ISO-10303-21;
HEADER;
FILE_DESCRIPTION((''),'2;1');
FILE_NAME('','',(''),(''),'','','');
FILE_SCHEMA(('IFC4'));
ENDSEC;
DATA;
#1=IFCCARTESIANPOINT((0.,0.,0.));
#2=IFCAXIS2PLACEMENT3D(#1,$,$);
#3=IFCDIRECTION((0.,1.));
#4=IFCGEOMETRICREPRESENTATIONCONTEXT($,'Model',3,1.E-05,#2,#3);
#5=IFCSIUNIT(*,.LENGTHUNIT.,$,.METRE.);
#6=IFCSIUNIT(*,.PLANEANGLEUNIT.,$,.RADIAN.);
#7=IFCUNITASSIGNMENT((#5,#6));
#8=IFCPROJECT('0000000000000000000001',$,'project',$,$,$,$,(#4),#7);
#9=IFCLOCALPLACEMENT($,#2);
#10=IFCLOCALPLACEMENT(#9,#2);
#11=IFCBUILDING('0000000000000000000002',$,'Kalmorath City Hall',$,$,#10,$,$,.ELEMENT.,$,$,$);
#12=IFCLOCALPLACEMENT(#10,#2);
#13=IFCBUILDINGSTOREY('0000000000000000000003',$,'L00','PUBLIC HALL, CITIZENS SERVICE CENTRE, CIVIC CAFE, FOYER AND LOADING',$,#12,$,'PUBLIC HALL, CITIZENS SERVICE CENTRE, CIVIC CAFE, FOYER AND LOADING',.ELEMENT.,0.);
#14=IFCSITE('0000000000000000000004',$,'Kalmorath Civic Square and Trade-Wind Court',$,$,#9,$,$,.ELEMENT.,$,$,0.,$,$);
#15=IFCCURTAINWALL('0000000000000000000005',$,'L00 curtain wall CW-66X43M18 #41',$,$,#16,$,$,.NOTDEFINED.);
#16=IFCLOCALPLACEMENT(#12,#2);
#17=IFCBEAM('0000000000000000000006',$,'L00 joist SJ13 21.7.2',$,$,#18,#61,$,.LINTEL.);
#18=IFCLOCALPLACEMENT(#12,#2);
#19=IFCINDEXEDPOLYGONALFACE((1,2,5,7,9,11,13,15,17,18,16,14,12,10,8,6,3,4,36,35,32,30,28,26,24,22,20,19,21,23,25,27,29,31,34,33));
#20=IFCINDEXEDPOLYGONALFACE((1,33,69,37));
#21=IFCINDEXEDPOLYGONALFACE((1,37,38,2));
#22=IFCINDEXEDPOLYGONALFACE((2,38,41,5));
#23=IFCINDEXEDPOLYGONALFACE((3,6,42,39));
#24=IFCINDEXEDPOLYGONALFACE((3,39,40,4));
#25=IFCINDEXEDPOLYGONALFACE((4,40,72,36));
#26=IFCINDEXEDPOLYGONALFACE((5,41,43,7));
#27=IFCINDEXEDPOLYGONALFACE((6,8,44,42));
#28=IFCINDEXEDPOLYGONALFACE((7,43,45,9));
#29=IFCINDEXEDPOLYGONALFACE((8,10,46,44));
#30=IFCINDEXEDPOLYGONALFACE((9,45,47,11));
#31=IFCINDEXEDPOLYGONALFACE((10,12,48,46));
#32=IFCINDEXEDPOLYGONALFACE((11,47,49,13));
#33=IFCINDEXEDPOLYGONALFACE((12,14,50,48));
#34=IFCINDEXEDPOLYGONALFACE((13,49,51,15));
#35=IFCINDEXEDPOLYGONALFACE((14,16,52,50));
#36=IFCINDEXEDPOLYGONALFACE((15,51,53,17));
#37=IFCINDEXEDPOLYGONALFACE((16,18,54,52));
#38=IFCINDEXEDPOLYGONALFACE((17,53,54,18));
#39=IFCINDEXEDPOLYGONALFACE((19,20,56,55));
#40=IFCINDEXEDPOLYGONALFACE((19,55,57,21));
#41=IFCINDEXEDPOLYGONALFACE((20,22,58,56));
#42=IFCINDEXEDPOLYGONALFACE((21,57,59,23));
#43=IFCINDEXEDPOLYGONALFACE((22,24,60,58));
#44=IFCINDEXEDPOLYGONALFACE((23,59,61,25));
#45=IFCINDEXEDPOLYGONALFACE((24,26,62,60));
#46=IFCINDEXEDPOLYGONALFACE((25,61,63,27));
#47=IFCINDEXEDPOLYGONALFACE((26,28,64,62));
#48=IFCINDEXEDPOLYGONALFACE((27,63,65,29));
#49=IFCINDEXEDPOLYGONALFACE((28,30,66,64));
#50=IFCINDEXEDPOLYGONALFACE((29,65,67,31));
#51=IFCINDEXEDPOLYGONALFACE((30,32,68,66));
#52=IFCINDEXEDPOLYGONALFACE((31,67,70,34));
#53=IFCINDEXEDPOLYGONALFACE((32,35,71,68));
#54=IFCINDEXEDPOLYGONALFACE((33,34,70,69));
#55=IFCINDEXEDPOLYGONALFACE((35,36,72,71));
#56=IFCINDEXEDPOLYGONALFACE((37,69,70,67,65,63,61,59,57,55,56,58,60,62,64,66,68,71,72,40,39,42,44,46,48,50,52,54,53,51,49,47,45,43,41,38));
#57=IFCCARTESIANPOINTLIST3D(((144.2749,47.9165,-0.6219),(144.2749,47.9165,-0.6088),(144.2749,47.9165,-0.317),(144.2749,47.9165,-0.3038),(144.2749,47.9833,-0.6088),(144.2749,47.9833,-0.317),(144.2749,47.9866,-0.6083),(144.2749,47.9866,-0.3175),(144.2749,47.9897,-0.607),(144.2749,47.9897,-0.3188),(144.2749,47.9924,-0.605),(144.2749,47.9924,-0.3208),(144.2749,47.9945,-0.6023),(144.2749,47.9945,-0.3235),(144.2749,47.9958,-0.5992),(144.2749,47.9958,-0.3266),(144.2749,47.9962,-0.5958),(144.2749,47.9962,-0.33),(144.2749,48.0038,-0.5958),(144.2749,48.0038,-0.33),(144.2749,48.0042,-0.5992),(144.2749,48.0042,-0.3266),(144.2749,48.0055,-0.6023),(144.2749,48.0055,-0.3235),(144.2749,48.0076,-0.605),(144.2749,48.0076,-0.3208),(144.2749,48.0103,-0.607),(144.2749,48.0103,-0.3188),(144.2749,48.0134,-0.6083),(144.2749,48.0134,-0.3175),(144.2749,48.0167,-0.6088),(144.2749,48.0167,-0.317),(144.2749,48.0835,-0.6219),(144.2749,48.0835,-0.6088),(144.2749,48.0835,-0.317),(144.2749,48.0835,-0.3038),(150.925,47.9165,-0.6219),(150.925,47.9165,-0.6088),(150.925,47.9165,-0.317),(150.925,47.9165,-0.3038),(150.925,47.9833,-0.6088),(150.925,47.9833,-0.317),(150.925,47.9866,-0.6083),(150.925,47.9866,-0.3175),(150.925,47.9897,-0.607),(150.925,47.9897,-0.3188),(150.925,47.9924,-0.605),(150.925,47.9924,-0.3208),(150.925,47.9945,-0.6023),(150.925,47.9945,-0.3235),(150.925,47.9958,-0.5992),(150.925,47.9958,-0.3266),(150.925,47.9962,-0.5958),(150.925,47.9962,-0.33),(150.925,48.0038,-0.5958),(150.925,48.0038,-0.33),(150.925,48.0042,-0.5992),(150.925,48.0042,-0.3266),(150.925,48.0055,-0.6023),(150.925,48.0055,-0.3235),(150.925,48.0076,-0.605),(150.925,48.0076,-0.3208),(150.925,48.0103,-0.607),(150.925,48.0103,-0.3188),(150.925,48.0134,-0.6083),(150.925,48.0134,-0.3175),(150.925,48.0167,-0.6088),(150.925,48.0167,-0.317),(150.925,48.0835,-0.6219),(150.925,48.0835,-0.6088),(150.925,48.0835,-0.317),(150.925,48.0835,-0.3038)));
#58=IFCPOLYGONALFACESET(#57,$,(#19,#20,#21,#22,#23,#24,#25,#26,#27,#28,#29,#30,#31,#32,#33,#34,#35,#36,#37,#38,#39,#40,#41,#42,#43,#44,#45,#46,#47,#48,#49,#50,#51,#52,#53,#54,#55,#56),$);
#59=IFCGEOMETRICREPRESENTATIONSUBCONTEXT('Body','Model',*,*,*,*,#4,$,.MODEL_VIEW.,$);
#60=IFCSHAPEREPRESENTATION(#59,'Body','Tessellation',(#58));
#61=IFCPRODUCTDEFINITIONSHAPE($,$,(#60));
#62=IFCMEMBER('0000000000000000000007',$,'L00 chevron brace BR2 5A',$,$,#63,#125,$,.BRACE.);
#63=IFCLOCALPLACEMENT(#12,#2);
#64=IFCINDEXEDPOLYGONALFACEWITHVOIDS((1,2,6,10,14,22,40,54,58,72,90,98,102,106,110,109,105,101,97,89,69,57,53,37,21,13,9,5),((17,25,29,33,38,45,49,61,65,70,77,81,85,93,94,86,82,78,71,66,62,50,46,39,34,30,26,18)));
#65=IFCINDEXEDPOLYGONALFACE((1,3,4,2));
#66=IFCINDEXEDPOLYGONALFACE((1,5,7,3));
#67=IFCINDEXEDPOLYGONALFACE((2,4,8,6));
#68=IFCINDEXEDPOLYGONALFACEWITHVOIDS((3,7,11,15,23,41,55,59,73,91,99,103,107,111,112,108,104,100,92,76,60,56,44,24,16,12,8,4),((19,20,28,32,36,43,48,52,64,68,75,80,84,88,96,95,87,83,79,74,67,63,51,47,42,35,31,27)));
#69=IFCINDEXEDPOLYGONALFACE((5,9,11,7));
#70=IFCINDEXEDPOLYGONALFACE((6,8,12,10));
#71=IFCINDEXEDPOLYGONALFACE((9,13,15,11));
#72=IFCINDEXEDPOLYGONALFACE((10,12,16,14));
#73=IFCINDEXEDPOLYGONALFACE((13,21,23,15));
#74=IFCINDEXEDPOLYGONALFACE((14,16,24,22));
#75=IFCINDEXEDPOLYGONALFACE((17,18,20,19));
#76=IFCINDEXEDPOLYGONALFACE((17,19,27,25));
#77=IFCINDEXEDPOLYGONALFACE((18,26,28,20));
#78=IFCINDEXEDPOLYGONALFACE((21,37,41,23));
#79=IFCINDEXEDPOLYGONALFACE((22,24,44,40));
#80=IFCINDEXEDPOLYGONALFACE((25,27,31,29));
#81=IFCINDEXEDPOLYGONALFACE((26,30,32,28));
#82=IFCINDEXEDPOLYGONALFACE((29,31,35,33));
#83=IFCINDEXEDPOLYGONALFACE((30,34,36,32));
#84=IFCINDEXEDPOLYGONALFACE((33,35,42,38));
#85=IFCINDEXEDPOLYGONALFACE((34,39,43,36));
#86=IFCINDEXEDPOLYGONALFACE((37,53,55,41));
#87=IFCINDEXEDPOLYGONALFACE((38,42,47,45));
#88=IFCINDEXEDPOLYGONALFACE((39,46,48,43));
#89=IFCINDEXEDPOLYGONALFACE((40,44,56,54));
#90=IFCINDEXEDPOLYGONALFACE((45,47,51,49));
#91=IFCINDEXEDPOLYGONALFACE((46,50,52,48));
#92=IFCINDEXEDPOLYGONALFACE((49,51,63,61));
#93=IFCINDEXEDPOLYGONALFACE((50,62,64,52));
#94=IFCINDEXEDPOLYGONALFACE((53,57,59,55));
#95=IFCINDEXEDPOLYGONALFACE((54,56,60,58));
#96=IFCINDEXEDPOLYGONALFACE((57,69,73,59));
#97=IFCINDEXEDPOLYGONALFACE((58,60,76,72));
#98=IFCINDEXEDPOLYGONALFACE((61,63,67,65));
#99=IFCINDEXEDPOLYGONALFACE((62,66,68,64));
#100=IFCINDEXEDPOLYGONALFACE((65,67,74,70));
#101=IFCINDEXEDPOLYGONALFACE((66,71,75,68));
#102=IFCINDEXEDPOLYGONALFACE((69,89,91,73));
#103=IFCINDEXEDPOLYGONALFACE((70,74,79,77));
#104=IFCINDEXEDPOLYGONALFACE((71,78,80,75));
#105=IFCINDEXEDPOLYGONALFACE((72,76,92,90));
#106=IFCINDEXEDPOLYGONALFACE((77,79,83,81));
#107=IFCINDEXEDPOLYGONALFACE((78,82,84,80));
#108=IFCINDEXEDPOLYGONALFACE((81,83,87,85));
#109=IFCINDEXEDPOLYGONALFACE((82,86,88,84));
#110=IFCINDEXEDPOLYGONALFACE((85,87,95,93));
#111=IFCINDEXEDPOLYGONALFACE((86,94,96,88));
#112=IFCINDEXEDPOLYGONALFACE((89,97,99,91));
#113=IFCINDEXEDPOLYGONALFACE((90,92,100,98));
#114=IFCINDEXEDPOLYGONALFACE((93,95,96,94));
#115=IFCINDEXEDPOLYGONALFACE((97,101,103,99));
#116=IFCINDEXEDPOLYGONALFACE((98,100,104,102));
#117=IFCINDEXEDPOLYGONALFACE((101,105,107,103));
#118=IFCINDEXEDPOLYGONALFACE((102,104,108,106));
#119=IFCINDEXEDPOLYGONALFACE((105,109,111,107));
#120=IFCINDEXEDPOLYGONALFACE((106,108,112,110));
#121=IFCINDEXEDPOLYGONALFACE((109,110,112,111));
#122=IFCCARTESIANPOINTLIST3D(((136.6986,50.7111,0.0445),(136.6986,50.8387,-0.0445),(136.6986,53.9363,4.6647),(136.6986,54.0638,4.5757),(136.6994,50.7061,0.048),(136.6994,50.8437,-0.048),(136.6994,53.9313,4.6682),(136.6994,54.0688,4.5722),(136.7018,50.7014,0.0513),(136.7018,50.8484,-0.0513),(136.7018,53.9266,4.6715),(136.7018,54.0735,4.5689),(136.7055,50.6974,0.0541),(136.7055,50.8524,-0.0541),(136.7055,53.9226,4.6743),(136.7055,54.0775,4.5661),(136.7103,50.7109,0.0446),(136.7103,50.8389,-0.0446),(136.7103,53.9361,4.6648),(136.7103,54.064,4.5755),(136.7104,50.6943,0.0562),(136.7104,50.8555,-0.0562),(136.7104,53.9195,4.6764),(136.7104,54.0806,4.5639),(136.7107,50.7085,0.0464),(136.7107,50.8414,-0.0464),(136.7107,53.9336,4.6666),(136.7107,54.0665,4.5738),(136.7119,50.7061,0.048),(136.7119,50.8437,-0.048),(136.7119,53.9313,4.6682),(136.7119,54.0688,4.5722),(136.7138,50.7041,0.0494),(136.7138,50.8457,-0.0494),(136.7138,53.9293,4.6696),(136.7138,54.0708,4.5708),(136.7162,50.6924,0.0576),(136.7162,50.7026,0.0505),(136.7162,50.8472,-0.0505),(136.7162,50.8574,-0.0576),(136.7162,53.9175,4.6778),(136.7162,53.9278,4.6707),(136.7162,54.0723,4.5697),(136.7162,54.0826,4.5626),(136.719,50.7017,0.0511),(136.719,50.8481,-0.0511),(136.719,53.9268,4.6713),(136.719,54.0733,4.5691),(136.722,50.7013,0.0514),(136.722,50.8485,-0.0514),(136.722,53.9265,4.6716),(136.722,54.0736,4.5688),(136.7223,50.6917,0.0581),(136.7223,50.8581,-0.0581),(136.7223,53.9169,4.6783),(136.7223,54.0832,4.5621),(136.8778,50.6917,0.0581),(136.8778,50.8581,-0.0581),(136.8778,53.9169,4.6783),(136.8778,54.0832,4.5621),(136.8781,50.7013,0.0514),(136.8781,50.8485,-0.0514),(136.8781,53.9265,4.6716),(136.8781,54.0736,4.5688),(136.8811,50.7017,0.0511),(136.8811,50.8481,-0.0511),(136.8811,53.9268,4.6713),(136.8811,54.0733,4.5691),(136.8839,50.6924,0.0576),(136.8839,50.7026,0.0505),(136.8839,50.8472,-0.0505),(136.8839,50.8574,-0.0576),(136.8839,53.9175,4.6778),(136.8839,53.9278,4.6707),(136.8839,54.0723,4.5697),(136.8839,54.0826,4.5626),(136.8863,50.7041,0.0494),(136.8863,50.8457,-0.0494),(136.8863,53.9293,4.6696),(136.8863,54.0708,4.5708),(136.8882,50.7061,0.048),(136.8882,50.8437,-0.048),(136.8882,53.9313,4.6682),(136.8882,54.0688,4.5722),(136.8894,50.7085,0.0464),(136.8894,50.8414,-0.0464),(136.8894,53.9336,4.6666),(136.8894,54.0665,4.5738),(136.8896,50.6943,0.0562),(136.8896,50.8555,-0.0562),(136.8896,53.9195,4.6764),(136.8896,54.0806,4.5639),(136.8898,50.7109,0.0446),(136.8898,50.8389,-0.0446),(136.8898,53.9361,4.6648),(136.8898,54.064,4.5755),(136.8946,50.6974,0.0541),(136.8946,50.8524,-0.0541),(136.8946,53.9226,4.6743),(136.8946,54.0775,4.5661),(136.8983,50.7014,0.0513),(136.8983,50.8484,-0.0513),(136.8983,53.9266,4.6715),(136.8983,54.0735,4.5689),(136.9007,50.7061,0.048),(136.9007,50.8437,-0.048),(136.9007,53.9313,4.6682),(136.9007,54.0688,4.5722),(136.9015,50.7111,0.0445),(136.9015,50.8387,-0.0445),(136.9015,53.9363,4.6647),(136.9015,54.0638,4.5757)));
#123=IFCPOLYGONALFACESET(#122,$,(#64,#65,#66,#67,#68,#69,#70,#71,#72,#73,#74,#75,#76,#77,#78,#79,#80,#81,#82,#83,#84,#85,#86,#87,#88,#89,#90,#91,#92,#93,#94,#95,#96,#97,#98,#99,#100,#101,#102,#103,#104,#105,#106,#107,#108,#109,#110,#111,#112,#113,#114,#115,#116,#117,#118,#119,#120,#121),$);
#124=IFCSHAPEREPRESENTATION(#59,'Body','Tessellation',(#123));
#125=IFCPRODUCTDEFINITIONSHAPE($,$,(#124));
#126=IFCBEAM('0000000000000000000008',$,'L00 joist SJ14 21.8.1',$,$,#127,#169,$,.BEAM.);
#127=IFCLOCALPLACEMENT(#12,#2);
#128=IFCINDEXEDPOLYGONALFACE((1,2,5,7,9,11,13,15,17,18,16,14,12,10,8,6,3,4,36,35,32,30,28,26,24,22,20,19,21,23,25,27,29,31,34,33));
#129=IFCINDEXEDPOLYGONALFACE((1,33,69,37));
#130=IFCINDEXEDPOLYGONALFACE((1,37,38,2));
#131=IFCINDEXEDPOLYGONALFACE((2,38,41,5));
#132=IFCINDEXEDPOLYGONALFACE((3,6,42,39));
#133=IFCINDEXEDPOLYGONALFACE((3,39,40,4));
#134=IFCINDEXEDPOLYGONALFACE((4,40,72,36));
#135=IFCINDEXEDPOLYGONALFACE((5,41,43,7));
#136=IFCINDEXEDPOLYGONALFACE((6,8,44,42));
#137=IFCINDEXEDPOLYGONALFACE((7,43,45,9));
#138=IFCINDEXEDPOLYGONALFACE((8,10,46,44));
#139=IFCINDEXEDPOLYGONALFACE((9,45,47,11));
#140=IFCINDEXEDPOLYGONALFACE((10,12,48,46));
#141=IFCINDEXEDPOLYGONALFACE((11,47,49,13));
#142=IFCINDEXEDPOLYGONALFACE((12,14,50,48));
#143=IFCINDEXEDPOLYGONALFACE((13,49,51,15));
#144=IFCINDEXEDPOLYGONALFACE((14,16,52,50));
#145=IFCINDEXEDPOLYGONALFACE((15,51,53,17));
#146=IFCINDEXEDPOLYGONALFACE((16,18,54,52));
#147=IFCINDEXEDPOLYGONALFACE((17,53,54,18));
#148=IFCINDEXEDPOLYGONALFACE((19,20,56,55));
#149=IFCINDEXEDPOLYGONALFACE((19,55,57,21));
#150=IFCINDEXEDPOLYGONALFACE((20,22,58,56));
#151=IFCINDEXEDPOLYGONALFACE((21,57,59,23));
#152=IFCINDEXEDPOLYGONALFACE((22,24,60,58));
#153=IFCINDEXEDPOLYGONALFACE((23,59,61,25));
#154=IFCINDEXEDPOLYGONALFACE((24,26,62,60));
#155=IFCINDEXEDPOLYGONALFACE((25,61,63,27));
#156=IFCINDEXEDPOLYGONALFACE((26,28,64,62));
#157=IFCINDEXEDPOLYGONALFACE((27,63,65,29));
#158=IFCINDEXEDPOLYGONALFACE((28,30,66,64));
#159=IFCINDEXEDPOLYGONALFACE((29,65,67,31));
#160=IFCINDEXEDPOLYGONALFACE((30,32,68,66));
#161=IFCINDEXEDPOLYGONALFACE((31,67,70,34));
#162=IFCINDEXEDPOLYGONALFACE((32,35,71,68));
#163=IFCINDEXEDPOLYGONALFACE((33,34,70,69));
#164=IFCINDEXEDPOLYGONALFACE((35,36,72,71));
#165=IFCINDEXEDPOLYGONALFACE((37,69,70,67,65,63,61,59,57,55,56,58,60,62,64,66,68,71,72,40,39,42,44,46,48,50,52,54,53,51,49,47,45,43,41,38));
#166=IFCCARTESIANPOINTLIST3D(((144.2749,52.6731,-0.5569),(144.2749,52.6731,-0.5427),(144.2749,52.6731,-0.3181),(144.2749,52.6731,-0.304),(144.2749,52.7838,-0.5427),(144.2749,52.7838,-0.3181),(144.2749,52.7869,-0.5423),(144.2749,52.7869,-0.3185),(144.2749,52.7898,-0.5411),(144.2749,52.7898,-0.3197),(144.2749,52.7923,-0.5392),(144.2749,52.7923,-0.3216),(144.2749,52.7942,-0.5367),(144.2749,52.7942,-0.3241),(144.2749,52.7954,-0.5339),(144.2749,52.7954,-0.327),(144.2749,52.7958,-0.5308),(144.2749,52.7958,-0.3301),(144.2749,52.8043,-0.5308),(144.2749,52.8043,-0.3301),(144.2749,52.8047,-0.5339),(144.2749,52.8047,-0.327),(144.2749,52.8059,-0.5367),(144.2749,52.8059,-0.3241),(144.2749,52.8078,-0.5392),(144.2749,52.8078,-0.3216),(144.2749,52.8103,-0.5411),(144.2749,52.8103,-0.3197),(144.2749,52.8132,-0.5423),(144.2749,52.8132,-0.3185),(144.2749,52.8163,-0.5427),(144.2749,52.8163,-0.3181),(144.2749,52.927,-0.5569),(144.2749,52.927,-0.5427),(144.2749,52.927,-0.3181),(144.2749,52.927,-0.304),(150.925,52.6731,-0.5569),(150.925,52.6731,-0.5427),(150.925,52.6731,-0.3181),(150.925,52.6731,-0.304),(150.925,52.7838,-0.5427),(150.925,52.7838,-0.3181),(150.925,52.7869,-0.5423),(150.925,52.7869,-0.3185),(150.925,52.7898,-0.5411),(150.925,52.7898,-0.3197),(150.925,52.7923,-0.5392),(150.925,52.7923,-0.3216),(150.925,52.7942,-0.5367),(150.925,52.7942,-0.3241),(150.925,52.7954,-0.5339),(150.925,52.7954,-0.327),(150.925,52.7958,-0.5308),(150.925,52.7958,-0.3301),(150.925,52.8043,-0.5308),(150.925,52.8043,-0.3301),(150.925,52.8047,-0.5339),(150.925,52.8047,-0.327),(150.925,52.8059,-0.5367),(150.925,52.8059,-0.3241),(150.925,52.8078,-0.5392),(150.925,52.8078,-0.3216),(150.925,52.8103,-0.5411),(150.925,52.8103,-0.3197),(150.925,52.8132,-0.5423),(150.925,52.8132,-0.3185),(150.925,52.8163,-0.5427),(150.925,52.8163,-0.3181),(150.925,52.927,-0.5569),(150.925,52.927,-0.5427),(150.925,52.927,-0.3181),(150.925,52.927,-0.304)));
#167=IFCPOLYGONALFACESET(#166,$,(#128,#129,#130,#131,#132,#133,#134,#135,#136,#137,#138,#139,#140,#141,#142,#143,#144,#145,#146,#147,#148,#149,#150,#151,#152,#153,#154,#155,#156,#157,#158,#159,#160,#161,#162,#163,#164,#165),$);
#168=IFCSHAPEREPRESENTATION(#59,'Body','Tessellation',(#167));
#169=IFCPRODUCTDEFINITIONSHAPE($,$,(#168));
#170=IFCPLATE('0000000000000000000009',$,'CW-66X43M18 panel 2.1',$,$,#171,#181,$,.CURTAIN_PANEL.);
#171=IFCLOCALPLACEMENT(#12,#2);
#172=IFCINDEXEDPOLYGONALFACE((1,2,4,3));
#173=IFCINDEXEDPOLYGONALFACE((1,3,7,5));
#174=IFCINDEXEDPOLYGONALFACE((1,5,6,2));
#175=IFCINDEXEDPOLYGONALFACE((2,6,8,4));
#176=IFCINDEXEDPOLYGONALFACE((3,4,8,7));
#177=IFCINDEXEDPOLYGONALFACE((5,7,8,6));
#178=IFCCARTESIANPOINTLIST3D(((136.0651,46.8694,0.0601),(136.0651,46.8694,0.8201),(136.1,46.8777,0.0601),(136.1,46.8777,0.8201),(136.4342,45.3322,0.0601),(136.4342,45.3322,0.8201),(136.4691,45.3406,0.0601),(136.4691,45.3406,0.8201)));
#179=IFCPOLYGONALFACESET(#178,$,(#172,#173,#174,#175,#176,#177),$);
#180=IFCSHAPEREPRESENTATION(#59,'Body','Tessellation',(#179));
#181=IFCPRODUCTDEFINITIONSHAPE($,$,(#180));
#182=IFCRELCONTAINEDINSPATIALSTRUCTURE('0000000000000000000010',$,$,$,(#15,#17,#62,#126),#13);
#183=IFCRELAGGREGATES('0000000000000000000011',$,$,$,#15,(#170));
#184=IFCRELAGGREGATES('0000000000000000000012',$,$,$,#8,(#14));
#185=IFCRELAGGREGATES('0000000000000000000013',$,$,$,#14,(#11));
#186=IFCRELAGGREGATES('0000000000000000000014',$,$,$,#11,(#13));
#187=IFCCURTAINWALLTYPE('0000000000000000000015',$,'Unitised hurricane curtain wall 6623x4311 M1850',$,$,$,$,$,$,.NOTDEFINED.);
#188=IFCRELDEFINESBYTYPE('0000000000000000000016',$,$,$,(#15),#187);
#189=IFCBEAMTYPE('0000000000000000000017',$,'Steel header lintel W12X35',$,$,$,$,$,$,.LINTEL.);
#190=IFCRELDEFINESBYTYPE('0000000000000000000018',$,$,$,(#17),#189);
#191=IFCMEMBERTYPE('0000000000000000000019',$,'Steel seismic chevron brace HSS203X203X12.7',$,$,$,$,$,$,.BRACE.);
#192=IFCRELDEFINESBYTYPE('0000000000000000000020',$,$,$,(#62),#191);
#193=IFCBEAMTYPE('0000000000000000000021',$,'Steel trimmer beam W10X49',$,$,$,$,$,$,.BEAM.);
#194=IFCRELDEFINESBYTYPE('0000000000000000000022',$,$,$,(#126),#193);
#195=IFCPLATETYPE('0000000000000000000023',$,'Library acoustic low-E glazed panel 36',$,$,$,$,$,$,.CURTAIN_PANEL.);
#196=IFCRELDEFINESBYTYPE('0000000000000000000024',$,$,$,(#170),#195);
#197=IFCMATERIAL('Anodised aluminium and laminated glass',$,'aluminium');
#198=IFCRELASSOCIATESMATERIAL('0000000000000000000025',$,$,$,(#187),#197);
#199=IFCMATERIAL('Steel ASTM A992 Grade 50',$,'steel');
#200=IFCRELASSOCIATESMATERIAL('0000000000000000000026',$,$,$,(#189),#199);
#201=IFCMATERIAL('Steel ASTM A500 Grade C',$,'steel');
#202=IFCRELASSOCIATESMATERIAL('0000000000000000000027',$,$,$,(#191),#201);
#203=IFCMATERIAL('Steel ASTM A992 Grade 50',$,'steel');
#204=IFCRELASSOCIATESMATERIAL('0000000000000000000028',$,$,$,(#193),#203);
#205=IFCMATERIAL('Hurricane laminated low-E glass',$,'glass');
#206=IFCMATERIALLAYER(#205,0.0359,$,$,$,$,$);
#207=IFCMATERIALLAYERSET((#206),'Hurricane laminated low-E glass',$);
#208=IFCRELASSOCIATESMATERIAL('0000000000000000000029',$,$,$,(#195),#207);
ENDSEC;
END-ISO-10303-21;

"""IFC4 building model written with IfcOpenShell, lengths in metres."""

from ifc_helpers import new_model, si_unit, direction, frame, origin, origin_2d, place, context, subcontext, project, spatial, rectangle, hollow_rectangle, i_section, extrude, material, layer, layer_set, material_profile, profile_set, type_object, element, aggregate, save


model = new_model("IFC4")

# Units and contexts
model_context = context("Model", 3, precision=1e-05, world=origin(), true_north=direction((0.0, 1.0)))
body_context = subcontext(model_context, "Body", "Model", "MODEL_VIEW")
ifc_project = project(units=[si_unit("LENGTHUNIT", "METRE"), si_unit("PLANEANGLEUNIT", "RADIAN")], contexts=[model_context])

# Site, building, storey
site_placement = place(None, origin())
site = spatial("IfcSite", under=ifc_project, at=site_placement, Name="Kalmorath Civic Square and Trade-Wind Court", CompositionType="ELEMENT", RefElevation=0.0)
building_placement = place(site_placement, origin())
building = spatial("IfcBuilding", under=site, at=building_placement, Name="Kalmorath City Hall", CompositionType="ELEMENT")
storey_placement = place(building_placement, origin())
storey = spatial("IfcBuildingStorey", under=building, at=storey_placement, Name="L00", Description="PUBLIC HALL, CITIZENS SERVICE CENTRE, CIVIC CAFE, FOYER AND LOADING", LongName="PUBLIC HALL, CITIZENS SERVICE CENTRE, CIVIC CAFE, FOYER AND LOADING", CompositionType="ELEMENT", Elevation=0.0)

# Curtain wall
ifc_material_1 = material(Name="Anodised aluminium and laminated glass", Category="aluminium")
curtain_wall_type = type_object("IfcCurtainWallType", Name="Unitised hurricane curtain wall 6623x4311 M1850", PredefinedType="NOTDEFINED", material=ifc_material_1)
curtain_wall_placement = place(storey_placement, origin())
curtain_wall = element("IfcCurtainWall", 1, at=curtain_wall_placement, inside=storey, type_object=curtain_wall_type, Name="L00 curtain wall CW-66X43M18 #41", PredefinedType="NOTDEFINED")

# Beam
ifc_material_2 = material(Name="Steel ASTM A992 Grade 50", Category="steel")
ifc_material_profile_1 = material_profile(ifc_material_2, i_section(OverallWidth=0.167, OverallDepth=0.3181, WebThickness=0.0076, FlangeThickness=0.0132, FilletRadius=0.0129, at=origin_2d()), Name="W12X35")
ifc_profile_set_1 = profile_set([ifc_material_profile_1], Name="Steel ASTM A992 Grade 50")
beam_type_1 = type_object("IfcBeamType", Name="Steel header lintel W12X35", PredefinedType="LINTEL", material=ifc_profile_set_1)
for number, where, z_axis, x_axis, name in (
    (2, (144.2749, 48.0, -0.4629), (1.0, 0.0, 0.0), (0.0, 1.0, 0.0), "L00 joist SJ13 21.7.2"),
):
    element("IfcBeam", number, at=place(storey_placement, frame(where, z_axis=z_axis, x_axis=x_axis)), inside=storey, type_object=beam_type_1, Name=name, PredefinedType="LINTEL", context=body_context, shape_type="SweptSolid", body=[
        extrude(i_section(OverallWidth=0.167, OverallDepth=0.3181, WebThickness=0.0076, FlangeThickness=0.0132, FilletRadius=0.0129, at=origin_2d()), origin(), (0.0, 0.0, 1.0), 6.6501),
    ])

# Member
ifc_material_3 = material(Name="Steel ASTM A500 Grade C", Category="steel")
ifc_material_profile_2 = material_profile(ifc_material_3, hollow_rectangle(XDim=0.2029, YDim=0.2029, WallThickness=0.0117, InnerFilletRadius=0.0117, OuterFilletRadius=0.0237, at=origin_2d()), Name="HSS203X203X12.7")
ifc_profile_set_2 = profile_set([ifc_material_profile_2], Name="Steel ASTM A500 Grade C")
member_type_1 = type_object("IfcMemberType", Name="Steel seismic chevron brace HSS203X203X12.7", PredefinedType="BRACE", material=ifc_profile_set_2)
member_1_placement = place(storey_placement, frame((136.8, 50.7749, 0.0), z_axis=(0.0, 0.572392, 0.81998), x_axis=(-1.0, 0.0, 0.0)))
element("IfcMember", 3, at=member_1_placement, inside=storey, type_object=member_type_1, Name="L00 chevron brace BR2 5A", PredefinedType="BRACE", context=body_context, shape_type="SweptSolid", body=[
    extrude(hollow_rectangle(XDim=0.2029, YDim=0.2029, WallThickness=0.0117, InnerFilletRadius=0.0117, OuterFilletRadius=0.0237, at=origin_2d()), origin(), (0.0, 0.0, 1.0), 5.6345),
])

# Beam
ifc_material_4 = material(Name="Steel ASTM A992 Grade 50", Category="steel")
ifc_material_profile_3 = material_profile(ifc_material_4, i_section(OverallWidth=0.2539, OverallDepth=0.2529, WebThickness=0.0085, FlangeThickness=0.0142, FilletRadius=0.012, at=origin_2d()), Name="W10X49")
ifc_profile_set_3 = profile_set([ifc_material_profile_3], Name="Steel ASTM A992 Grade 50")
beam_type_2 = type_object("IfcBeamType", Name="Steel trimmer beam W10X49", PredefinedType="BEAM", material=ifc_profile_set_3)
beam_1_placement = place(storey_placement, frame((144.2749, 52.8, -0.4304), z_axis=(1.0, 0.0, 0.0), x_axis=(0.0, 1.0, 0.0)))
element("IfcBeam", 4, at=beam_1_placement, inside=storey, type_object=beam_type_2, Name="L00 joist SJ14 21.8.1", PredefinedType="BEAM", context=body_context, shape_type="SweptSolid", body=[
    extrude(i_section(OverallWidth=0.2539, OverallDepth=0.2529, WebThickness=0.0085, FlangeThickness=0.0142, FilletRadius=0.012, at=origin_2d()), origin(), (0.0, 0.0, 1.0), 6.6501),
])

# Plate
ifc_material_5 = material(Name="Hurricane laminated low-E glass", Category="glass")
ifc_layer_1 = layer(ifc_material_5, 0.0359)
ifc_layer_set_1 = layer_set([ifc_layer_1], Name="Hurricane laminated low-E glass")
plate_type_1 = type_object("IfcPlateType", Name="Library acoustic low-E glazed panel 36", PredefinedType="CURTAIN_PANEL", material=ifc_layer_set_1)
plate_1_placement = place(storey_placement, frame((136.2671, 46.105, 0.0601), z_axis=(0.0, 0.0, 1.0), x_axis=(-0.233459, 0.972367, 0.0)))
plate_1 = element("IfcPlate", 5, at=plate_1_placement, type_object=plate_type_1, Name="CW-66X43M18 panel 2.1", PredefinedType="CURTAIN_PANEL", context=body_context, shape_type="SweptSolid", body=[
    extrude(rectangle(XDim=1.5808, YDim=0.0359, at=origin_2d()), origin(), (0.0, 0.0, 1.0), 0.76),
])
aggregate(curtain_wall, [plate_1])

save(model, "model.ifc")
